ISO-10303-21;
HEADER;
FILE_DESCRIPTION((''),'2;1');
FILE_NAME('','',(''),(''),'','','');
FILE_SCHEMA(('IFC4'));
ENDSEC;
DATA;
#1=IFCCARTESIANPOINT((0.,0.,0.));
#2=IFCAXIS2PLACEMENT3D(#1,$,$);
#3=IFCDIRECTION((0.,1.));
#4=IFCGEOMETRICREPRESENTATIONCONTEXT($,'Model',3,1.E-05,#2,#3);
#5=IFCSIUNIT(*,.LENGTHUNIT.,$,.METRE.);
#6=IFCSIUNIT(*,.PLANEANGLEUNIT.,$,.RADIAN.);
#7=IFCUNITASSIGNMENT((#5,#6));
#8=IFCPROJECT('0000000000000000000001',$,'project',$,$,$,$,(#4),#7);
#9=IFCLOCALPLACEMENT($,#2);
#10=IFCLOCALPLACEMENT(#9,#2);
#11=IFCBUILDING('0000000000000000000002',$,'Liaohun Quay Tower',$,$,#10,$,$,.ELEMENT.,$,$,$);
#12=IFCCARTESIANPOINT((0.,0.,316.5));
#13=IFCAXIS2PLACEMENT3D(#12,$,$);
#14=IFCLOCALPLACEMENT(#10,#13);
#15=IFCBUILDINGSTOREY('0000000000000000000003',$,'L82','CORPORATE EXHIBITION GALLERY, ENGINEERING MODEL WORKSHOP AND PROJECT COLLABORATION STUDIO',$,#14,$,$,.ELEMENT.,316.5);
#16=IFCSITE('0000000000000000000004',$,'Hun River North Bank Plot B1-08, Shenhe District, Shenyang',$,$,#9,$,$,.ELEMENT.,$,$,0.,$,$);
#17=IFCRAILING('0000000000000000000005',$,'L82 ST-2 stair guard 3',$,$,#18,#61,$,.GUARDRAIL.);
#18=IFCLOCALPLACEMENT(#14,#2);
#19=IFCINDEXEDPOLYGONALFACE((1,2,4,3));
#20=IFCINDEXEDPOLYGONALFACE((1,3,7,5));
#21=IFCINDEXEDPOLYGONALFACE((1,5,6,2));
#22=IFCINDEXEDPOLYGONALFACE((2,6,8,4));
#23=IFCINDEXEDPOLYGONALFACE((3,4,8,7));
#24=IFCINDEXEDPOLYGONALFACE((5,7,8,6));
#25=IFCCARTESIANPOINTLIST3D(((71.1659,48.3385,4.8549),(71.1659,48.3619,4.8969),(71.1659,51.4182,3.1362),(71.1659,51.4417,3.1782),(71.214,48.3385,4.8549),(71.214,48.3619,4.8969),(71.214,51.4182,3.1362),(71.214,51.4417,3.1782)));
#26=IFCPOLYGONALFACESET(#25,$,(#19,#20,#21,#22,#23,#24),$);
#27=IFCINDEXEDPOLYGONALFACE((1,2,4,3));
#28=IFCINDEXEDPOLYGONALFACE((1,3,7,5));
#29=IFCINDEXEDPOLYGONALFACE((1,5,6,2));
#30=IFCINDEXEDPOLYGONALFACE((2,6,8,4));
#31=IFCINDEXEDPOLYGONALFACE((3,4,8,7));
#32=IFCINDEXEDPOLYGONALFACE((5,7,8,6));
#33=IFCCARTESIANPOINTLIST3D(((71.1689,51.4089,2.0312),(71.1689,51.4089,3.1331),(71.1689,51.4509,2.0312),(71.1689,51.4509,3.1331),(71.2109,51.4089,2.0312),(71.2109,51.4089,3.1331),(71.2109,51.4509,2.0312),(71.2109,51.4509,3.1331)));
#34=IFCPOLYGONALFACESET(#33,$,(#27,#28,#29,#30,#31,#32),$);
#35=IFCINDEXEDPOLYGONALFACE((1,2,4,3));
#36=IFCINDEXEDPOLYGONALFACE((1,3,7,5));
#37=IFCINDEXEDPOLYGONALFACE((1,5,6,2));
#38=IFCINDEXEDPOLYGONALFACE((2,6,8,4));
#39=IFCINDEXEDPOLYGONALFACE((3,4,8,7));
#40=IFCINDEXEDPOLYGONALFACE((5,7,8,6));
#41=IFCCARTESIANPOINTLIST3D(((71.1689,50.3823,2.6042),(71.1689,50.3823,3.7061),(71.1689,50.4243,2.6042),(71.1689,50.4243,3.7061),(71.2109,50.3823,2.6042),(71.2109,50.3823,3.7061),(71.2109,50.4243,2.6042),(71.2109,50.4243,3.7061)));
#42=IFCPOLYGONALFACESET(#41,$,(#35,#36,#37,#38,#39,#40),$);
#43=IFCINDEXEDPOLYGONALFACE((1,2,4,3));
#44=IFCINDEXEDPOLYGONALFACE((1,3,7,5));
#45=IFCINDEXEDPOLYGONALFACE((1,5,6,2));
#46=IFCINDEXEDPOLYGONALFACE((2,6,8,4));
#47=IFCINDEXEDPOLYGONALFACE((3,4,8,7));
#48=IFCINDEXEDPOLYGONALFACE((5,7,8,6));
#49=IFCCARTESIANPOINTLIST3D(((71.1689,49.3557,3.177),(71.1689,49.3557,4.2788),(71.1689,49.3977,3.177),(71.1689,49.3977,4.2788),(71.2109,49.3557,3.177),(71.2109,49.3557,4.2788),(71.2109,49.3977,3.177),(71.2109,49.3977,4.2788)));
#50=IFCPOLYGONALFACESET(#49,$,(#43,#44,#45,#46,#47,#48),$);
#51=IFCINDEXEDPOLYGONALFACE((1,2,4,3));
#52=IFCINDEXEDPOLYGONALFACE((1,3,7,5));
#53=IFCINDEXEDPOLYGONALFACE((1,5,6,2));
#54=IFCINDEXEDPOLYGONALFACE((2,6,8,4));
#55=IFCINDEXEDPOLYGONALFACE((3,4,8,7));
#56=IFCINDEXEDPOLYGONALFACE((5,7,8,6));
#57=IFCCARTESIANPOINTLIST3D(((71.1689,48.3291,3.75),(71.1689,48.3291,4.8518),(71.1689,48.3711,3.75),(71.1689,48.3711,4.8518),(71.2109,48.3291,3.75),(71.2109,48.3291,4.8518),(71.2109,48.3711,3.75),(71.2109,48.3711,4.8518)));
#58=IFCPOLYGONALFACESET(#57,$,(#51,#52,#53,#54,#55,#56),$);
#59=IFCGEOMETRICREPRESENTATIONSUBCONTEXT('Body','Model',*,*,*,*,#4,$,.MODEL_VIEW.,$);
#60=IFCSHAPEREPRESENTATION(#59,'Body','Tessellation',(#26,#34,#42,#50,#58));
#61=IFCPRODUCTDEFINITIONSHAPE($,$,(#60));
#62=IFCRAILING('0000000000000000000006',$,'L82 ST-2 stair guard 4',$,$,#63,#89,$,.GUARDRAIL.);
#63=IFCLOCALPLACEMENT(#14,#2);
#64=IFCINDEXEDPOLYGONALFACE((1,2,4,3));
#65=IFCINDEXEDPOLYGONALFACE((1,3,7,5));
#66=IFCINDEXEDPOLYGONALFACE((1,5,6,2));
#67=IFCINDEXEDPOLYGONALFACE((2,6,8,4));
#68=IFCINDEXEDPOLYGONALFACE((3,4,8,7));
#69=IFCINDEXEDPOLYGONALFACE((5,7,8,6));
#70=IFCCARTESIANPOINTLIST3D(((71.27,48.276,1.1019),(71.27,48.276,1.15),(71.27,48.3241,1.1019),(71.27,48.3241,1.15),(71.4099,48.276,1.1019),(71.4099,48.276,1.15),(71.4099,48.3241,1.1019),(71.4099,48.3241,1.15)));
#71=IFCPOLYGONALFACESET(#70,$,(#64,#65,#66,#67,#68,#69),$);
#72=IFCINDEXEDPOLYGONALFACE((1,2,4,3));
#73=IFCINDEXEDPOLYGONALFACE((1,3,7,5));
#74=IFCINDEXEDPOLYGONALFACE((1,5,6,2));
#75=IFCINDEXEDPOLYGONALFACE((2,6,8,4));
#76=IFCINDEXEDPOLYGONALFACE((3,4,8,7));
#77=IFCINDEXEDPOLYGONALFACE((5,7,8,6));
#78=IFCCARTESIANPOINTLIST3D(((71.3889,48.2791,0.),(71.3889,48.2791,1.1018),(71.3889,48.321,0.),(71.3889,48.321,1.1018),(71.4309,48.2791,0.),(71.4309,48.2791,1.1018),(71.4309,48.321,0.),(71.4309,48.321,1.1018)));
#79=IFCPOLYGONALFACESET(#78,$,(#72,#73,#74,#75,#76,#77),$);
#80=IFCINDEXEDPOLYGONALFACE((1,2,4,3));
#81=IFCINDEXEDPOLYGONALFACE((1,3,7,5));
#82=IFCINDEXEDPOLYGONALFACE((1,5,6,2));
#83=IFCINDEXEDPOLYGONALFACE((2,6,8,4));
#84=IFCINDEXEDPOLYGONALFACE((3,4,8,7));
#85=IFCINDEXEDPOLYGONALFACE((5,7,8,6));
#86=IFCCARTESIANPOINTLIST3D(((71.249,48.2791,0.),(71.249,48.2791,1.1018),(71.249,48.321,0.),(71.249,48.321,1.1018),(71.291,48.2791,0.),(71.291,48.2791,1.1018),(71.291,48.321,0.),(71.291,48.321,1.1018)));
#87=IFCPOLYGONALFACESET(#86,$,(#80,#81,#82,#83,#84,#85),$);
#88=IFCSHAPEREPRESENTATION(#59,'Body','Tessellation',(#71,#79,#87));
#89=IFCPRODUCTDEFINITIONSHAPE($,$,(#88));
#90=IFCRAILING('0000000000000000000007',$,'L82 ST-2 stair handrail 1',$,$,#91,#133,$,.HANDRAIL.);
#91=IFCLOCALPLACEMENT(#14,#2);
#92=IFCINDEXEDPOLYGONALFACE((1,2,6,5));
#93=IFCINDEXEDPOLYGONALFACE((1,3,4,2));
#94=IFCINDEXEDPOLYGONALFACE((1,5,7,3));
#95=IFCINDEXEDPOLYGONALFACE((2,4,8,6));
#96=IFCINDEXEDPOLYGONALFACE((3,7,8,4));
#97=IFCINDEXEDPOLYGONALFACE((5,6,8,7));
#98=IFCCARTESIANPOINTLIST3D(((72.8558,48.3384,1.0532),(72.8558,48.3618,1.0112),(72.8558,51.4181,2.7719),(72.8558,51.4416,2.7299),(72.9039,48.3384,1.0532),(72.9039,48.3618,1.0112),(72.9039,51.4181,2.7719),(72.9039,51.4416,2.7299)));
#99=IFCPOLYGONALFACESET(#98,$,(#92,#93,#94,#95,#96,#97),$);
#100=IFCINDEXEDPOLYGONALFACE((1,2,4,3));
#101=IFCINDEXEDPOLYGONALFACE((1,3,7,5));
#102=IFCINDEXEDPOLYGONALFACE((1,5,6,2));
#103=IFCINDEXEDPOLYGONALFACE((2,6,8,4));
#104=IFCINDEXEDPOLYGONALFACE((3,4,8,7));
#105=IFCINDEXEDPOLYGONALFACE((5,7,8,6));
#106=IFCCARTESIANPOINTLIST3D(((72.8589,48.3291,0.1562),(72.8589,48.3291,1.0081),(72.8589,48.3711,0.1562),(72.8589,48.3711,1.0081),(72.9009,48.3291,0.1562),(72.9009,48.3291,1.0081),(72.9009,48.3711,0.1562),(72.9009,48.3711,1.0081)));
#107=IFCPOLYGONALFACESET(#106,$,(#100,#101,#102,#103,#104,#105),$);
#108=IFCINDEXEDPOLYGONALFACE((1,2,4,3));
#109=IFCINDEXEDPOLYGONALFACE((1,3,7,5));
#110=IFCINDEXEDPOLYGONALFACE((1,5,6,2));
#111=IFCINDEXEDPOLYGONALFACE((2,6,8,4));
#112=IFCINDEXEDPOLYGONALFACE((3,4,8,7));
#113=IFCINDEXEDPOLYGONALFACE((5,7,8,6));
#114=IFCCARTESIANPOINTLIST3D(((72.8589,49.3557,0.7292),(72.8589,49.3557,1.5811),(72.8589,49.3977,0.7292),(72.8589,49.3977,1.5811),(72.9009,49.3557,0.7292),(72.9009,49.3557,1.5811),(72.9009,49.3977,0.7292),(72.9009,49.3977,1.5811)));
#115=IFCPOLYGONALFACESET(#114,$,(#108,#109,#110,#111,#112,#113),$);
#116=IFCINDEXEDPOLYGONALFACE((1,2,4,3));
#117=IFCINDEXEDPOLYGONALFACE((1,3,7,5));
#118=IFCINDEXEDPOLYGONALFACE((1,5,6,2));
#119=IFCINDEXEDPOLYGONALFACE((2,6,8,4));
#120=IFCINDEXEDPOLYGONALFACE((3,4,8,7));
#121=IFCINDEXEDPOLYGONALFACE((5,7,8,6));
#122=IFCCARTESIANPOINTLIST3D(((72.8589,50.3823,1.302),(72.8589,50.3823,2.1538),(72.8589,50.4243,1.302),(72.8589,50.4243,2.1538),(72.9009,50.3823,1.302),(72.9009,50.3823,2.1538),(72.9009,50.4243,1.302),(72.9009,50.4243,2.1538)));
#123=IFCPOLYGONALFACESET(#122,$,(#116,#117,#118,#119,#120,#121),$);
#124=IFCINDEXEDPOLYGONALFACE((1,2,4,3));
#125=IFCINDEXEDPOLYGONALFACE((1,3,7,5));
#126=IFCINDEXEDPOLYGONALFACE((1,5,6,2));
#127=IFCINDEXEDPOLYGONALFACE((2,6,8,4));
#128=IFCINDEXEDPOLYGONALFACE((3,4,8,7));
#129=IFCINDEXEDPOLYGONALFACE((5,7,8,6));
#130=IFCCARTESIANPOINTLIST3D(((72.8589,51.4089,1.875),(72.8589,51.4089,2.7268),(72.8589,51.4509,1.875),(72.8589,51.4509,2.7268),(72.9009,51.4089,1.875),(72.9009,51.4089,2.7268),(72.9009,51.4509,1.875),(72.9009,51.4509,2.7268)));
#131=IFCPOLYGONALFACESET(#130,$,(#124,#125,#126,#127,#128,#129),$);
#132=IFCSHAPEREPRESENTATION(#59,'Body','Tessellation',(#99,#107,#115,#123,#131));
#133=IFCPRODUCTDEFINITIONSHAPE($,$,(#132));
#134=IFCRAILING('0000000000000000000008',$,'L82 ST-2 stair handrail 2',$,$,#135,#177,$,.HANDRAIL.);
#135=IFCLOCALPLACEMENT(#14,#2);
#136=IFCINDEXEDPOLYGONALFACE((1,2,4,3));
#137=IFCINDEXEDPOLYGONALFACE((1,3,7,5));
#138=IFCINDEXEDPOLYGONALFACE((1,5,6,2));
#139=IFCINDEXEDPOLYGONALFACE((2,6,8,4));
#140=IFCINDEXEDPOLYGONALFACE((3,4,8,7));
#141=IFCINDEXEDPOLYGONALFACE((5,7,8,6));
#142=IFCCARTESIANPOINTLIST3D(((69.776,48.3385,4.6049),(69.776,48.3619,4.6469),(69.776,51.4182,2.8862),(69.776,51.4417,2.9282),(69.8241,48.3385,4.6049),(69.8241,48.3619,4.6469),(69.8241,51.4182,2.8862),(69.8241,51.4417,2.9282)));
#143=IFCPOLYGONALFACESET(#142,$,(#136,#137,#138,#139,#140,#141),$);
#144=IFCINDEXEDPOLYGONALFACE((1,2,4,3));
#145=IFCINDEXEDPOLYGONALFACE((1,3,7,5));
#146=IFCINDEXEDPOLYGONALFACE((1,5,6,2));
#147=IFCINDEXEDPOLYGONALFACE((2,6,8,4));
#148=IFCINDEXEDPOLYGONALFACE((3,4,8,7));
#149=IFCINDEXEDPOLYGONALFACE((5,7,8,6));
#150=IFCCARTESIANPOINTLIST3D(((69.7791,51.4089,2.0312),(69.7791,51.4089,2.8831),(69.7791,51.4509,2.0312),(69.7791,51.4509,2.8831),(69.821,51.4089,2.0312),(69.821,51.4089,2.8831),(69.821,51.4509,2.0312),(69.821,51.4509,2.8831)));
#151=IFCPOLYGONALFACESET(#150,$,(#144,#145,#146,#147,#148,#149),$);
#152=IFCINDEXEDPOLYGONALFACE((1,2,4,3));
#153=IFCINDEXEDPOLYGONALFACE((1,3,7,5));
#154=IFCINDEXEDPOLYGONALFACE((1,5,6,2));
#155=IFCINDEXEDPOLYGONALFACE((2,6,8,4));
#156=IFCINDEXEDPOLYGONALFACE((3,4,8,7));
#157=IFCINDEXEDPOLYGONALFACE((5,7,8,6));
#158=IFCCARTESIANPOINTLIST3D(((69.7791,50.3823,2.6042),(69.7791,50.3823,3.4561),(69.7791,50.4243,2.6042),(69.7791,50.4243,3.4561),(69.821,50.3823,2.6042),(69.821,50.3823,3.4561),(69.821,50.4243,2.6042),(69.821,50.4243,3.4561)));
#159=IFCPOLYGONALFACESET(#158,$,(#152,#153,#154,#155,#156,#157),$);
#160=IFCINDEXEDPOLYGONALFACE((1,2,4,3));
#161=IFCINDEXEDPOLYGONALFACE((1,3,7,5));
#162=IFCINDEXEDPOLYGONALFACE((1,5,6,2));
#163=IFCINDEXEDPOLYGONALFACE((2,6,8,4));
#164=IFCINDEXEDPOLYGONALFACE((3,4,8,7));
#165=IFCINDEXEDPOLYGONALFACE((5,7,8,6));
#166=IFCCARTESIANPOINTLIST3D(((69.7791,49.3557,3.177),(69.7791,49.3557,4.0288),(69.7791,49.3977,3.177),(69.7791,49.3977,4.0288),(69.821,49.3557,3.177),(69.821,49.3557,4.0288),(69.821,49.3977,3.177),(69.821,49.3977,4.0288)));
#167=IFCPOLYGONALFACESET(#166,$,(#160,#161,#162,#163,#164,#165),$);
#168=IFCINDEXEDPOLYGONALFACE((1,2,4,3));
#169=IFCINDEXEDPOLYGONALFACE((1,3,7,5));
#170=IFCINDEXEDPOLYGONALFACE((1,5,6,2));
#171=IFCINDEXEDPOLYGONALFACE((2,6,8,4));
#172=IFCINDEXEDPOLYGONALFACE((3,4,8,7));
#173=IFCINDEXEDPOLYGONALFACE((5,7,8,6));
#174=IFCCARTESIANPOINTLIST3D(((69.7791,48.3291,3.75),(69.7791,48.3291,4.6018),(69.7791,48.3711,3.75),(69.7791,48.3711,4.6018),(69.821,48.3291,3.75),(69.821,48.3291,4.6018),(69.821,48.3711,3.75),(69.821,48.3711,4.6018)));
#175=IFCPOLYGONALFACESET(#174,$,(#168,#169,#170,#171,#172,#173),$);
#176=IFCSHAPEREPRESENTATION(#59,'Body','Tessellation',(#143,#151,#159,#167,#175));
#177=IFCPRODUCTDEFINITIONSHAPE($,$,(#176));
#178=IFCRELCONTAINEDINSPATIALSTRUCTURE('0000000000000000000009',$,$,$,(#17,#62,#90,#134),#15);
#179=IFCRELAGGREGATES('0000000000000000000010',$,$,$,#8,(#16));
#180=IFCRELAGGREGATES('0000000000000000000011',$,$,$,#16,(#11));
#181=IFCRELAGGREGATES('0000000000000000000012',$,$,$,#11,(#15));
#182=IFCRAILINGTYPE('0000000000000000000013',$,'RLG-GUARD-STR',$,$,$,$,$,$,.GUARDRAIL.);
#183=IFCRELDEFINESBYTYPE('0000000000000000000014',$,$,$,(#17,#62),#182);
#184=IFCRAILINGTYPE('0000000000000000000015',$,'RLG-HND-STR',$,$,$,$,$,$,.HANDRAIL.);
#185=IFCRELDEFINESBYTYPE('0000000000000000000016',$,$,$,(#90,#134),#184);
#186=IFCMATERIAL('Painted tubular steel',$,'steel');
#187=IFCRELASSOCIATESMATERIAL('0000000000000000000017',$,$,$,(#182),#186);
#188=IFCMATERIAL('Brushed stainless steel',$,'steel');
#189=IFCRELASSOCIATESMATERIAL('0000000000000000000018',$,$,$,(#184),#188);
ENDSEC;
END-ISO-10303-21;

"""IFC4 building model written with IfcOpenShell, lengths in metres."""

from ifc_helpers import new_model, si_unit, direction, frame, origin, origin_2d, place, context, subcontext, project, spatial, rectangle, extrude, material, type_object, element, save


model = new_model("IFC4")

# Units and contexts
model_context = context("Model", 3, precision=1e-05, world=origin(), true_north=direction((0.0, 1.0)))
body_context = subcontext(model_context, "Body", "Model", "MODEL_VIEW")
ifc_project = project(units=[si_unit("LENGTHUNIT", "METRE"), si_unit("PLANEANGLEUNIT", "RADIAN")], contexts=[model_context])

# Site, building, storey
site_placement = place(None, origin())
site = spatial("IfcSite", under=ifc_project, at=site_placement, Name="Hun River North Bank Plot B1-08, Shenhe District, Shenyang", CompositionType="ELEMENT", RefElevation=0.0)
building_placement = place(site_placement, origin())
building = spatial("IfcBuilding", under=site, at=building_placement, Name="Liaohun Quay Tower", CompositionType="ELEMENT")
storey_placement = place(building_placement, frame((0.0, 0.0, 316.5)))
storey = spatial("IfcBuildingStorey", under=building, at=storey_placement, Name="L82", Description="CORPORATE EXHIBITION GALLERY, ENGINEERING MODEL WORKSHOP AND PROJECT COLLABORATION STUDIO", CompositionType="ELEMENT", Elevation=316.5)

# Railings
ifc_material_1 = material(Name="Painted tubular steel", Category="steel")
railing_type_1 = type_object("IfcRailingType", Name="RLG-GUARD-STR", PredefinedType="GUARDRAIL", material=ifc_material_1)
railing_1_placement = place(storey_placement, frame((71.1899, 51.4299, 2.0312)))
element("IfcRailing", 1, at=railing_1_placement, inside=storey, type_object=railing_type_1, Name="L82 ST-2 stair guard 3", PredefinedType="GUARDRAIL", context=body_context, shape_type="SweptSolid", body=[
    extrude(rectangle(XDim=0.0481, YDim=0.0481, at=origin_2d()), frame((0.0, 0.0, 1.126), z_axis=(0.0, -0.873225, 0.487317), x_axis=(1.0, 0.0, 0.0)), (0.0, 0.0, 1.0), 3.5269),
    extrude(rectangle(XDim=0.042, YDim=0.042, at=origin_2d()), origin(), (0.0, 0.0, 1.0), 1.1018),
    extrude(rectangle(XDim=0.042, YDim=0.042, at=origin_2d()), frame((0.0, -1.0266, 0.573)), (0.0, 0.0, 1.0), 1.1018),
    extrude(rectangle(XDim=0.042, YDim=0.042, at=origin_2d()), frame((0.0, -2.0532, 1.1458)), (0.0, 0.0, 1.0), 1.1018),
    extrude(rectangle(XDim=0.042, YDim=0.042, at=origin_2d()), frame((0.0, -3.0798, 1.7188)), (0.0, 0.0, 1.0), 1.1018),
])
railing_2_placement = place(storey_placement, frame((71.4099, 48.3, 0.0)))
element("IfcRailing", 2, at=railing_2_placement, inside=storey, type_object=railing_type_1, Name="L82 ST-2 stair guard 4", PredefinedType="GUARDRAIL", context=body_context, shape_type="SweptSolid", body=[
    extrude(rectangle(XDim=0.0481, YDim=0.0481, at=origin_2d()), frame((0.0, 0.0, 1.126), z_axis=(-1.0, 0.0, 0.0), x_axis=(0.0, -1.0, 0.0)), (0.0, 0.0, 1.0), 0.1399),
    extrude(rectangle(XDim=0.042, YDim=0.042, at=origin_2d()), origin(), (0.0, 0.0, 1.0), 1.1018),
    extrude(rectangle(XDim=0.042, YDim=0.042, at=origin_2d()), frame((-0.1399, 0.0, 0.0)), (0.0, 0.0, 1.0), 1.1018),
])
ifc_material_2 = material(Name="Brushed stainless steel", Category="steel")
railing_type_2 = type_object("IfcRailingType", Name="RLG-HND-STR", PredefinedType="HANDRAIL", material=ifc_material_2)
railing_3_placement = place(storey_placement, frame((72.8799, 48.3501, 0.1562)))
element("IfcRailing", 3, at=railing_3_placement, inside=storey, type_object=railing_type_2, Name="L82 ST-2 stair handrail 1", PredefinedType="HANDRAIL", context=body_context, shape_type="SweptSolid", body=[
    extrude(rectangle(XDim=0.0481, YDim=0.0481, at=origin_2d()), frame((0.0, 0.0, 0.876), z_axis=(0.0, 0.873225, 0.487317), x_axis=(-1.0, 0.0, 0.0)), (0.0, 0.0, 1.0), 3.5269),
    extrude(rectangle(XDim=0.042, YDim=0.042, at=origin_2d()), origin(), (0.0, 0.0, 1.0), 0.8518),
    extrude(rectangle(XDim=0.042, YDim=0.042, at=origin_2d()), frame((0.0, 1.0266, 0.573)), (0.0, 0.0, 1.0), 0.8518),
    extrude(rectangle(XDim=0.042, YDim=0.042, at=origin_2d()), frame((0.0, 2.0532, 1.1458)), (0.0, 0.0, 1.0), 0.8518),
    extrude(rectangle(XDim=0.042, YDim=0.042, at=origin_2d()), frame((0.0, 3.0798, 1.7188)), (0.0, 0.0, 1.0), 0.8518),
])
railing_4_placement = place(storey_placement, frame((69.8, 51.4299, 2.0312)))
element("IfcRailing", 4, at=railing_4_placement, inside=storey, type_object=railing_type_2, Name="L82 ST-2 stair handrail 2", PredefinedType="HANDRAIL", context=body_context, shape_type="SweptSolid", body=[
    extrude(rectangle(XDim=0.0481, YDim=0.0481, at=origin_2d()), frame((0.0, 0.0, 0.876), z_axis=(0.0, -0.873225, 0.487317), x_axis=(1.0, 0.0, 0.0)), (0.0, 0.0, 1.0), 3.5269),
    extrude(rectangle(XDim=0.042, YDim=0.042, at=origin_2d()), origin(), (0.0, 0.0, 1.0), 0.8518),
    extrude(rectangle(XDim=0.042, YDim=0.042, at=origin_2d()), frame((0.0, -1.0266, 0.573)), (0.0, 0.0, 1.0), 0.8518),
    extrude(rectangle(XDim=0.042, YDim=0.042, at=origin_2d()), frame((0.0, -2.0532, 1.1458)), (0.0, 0.0, 1.0), 0.8518),
    extrude(rectangle(XDim=0.042, YDim=0.042, at=origin_2d()), frame((0.0, -3.0798, 1.7188)), (0.0, 0.0, 1.0), 0.8518),
])

save(model, "model.ifc")
